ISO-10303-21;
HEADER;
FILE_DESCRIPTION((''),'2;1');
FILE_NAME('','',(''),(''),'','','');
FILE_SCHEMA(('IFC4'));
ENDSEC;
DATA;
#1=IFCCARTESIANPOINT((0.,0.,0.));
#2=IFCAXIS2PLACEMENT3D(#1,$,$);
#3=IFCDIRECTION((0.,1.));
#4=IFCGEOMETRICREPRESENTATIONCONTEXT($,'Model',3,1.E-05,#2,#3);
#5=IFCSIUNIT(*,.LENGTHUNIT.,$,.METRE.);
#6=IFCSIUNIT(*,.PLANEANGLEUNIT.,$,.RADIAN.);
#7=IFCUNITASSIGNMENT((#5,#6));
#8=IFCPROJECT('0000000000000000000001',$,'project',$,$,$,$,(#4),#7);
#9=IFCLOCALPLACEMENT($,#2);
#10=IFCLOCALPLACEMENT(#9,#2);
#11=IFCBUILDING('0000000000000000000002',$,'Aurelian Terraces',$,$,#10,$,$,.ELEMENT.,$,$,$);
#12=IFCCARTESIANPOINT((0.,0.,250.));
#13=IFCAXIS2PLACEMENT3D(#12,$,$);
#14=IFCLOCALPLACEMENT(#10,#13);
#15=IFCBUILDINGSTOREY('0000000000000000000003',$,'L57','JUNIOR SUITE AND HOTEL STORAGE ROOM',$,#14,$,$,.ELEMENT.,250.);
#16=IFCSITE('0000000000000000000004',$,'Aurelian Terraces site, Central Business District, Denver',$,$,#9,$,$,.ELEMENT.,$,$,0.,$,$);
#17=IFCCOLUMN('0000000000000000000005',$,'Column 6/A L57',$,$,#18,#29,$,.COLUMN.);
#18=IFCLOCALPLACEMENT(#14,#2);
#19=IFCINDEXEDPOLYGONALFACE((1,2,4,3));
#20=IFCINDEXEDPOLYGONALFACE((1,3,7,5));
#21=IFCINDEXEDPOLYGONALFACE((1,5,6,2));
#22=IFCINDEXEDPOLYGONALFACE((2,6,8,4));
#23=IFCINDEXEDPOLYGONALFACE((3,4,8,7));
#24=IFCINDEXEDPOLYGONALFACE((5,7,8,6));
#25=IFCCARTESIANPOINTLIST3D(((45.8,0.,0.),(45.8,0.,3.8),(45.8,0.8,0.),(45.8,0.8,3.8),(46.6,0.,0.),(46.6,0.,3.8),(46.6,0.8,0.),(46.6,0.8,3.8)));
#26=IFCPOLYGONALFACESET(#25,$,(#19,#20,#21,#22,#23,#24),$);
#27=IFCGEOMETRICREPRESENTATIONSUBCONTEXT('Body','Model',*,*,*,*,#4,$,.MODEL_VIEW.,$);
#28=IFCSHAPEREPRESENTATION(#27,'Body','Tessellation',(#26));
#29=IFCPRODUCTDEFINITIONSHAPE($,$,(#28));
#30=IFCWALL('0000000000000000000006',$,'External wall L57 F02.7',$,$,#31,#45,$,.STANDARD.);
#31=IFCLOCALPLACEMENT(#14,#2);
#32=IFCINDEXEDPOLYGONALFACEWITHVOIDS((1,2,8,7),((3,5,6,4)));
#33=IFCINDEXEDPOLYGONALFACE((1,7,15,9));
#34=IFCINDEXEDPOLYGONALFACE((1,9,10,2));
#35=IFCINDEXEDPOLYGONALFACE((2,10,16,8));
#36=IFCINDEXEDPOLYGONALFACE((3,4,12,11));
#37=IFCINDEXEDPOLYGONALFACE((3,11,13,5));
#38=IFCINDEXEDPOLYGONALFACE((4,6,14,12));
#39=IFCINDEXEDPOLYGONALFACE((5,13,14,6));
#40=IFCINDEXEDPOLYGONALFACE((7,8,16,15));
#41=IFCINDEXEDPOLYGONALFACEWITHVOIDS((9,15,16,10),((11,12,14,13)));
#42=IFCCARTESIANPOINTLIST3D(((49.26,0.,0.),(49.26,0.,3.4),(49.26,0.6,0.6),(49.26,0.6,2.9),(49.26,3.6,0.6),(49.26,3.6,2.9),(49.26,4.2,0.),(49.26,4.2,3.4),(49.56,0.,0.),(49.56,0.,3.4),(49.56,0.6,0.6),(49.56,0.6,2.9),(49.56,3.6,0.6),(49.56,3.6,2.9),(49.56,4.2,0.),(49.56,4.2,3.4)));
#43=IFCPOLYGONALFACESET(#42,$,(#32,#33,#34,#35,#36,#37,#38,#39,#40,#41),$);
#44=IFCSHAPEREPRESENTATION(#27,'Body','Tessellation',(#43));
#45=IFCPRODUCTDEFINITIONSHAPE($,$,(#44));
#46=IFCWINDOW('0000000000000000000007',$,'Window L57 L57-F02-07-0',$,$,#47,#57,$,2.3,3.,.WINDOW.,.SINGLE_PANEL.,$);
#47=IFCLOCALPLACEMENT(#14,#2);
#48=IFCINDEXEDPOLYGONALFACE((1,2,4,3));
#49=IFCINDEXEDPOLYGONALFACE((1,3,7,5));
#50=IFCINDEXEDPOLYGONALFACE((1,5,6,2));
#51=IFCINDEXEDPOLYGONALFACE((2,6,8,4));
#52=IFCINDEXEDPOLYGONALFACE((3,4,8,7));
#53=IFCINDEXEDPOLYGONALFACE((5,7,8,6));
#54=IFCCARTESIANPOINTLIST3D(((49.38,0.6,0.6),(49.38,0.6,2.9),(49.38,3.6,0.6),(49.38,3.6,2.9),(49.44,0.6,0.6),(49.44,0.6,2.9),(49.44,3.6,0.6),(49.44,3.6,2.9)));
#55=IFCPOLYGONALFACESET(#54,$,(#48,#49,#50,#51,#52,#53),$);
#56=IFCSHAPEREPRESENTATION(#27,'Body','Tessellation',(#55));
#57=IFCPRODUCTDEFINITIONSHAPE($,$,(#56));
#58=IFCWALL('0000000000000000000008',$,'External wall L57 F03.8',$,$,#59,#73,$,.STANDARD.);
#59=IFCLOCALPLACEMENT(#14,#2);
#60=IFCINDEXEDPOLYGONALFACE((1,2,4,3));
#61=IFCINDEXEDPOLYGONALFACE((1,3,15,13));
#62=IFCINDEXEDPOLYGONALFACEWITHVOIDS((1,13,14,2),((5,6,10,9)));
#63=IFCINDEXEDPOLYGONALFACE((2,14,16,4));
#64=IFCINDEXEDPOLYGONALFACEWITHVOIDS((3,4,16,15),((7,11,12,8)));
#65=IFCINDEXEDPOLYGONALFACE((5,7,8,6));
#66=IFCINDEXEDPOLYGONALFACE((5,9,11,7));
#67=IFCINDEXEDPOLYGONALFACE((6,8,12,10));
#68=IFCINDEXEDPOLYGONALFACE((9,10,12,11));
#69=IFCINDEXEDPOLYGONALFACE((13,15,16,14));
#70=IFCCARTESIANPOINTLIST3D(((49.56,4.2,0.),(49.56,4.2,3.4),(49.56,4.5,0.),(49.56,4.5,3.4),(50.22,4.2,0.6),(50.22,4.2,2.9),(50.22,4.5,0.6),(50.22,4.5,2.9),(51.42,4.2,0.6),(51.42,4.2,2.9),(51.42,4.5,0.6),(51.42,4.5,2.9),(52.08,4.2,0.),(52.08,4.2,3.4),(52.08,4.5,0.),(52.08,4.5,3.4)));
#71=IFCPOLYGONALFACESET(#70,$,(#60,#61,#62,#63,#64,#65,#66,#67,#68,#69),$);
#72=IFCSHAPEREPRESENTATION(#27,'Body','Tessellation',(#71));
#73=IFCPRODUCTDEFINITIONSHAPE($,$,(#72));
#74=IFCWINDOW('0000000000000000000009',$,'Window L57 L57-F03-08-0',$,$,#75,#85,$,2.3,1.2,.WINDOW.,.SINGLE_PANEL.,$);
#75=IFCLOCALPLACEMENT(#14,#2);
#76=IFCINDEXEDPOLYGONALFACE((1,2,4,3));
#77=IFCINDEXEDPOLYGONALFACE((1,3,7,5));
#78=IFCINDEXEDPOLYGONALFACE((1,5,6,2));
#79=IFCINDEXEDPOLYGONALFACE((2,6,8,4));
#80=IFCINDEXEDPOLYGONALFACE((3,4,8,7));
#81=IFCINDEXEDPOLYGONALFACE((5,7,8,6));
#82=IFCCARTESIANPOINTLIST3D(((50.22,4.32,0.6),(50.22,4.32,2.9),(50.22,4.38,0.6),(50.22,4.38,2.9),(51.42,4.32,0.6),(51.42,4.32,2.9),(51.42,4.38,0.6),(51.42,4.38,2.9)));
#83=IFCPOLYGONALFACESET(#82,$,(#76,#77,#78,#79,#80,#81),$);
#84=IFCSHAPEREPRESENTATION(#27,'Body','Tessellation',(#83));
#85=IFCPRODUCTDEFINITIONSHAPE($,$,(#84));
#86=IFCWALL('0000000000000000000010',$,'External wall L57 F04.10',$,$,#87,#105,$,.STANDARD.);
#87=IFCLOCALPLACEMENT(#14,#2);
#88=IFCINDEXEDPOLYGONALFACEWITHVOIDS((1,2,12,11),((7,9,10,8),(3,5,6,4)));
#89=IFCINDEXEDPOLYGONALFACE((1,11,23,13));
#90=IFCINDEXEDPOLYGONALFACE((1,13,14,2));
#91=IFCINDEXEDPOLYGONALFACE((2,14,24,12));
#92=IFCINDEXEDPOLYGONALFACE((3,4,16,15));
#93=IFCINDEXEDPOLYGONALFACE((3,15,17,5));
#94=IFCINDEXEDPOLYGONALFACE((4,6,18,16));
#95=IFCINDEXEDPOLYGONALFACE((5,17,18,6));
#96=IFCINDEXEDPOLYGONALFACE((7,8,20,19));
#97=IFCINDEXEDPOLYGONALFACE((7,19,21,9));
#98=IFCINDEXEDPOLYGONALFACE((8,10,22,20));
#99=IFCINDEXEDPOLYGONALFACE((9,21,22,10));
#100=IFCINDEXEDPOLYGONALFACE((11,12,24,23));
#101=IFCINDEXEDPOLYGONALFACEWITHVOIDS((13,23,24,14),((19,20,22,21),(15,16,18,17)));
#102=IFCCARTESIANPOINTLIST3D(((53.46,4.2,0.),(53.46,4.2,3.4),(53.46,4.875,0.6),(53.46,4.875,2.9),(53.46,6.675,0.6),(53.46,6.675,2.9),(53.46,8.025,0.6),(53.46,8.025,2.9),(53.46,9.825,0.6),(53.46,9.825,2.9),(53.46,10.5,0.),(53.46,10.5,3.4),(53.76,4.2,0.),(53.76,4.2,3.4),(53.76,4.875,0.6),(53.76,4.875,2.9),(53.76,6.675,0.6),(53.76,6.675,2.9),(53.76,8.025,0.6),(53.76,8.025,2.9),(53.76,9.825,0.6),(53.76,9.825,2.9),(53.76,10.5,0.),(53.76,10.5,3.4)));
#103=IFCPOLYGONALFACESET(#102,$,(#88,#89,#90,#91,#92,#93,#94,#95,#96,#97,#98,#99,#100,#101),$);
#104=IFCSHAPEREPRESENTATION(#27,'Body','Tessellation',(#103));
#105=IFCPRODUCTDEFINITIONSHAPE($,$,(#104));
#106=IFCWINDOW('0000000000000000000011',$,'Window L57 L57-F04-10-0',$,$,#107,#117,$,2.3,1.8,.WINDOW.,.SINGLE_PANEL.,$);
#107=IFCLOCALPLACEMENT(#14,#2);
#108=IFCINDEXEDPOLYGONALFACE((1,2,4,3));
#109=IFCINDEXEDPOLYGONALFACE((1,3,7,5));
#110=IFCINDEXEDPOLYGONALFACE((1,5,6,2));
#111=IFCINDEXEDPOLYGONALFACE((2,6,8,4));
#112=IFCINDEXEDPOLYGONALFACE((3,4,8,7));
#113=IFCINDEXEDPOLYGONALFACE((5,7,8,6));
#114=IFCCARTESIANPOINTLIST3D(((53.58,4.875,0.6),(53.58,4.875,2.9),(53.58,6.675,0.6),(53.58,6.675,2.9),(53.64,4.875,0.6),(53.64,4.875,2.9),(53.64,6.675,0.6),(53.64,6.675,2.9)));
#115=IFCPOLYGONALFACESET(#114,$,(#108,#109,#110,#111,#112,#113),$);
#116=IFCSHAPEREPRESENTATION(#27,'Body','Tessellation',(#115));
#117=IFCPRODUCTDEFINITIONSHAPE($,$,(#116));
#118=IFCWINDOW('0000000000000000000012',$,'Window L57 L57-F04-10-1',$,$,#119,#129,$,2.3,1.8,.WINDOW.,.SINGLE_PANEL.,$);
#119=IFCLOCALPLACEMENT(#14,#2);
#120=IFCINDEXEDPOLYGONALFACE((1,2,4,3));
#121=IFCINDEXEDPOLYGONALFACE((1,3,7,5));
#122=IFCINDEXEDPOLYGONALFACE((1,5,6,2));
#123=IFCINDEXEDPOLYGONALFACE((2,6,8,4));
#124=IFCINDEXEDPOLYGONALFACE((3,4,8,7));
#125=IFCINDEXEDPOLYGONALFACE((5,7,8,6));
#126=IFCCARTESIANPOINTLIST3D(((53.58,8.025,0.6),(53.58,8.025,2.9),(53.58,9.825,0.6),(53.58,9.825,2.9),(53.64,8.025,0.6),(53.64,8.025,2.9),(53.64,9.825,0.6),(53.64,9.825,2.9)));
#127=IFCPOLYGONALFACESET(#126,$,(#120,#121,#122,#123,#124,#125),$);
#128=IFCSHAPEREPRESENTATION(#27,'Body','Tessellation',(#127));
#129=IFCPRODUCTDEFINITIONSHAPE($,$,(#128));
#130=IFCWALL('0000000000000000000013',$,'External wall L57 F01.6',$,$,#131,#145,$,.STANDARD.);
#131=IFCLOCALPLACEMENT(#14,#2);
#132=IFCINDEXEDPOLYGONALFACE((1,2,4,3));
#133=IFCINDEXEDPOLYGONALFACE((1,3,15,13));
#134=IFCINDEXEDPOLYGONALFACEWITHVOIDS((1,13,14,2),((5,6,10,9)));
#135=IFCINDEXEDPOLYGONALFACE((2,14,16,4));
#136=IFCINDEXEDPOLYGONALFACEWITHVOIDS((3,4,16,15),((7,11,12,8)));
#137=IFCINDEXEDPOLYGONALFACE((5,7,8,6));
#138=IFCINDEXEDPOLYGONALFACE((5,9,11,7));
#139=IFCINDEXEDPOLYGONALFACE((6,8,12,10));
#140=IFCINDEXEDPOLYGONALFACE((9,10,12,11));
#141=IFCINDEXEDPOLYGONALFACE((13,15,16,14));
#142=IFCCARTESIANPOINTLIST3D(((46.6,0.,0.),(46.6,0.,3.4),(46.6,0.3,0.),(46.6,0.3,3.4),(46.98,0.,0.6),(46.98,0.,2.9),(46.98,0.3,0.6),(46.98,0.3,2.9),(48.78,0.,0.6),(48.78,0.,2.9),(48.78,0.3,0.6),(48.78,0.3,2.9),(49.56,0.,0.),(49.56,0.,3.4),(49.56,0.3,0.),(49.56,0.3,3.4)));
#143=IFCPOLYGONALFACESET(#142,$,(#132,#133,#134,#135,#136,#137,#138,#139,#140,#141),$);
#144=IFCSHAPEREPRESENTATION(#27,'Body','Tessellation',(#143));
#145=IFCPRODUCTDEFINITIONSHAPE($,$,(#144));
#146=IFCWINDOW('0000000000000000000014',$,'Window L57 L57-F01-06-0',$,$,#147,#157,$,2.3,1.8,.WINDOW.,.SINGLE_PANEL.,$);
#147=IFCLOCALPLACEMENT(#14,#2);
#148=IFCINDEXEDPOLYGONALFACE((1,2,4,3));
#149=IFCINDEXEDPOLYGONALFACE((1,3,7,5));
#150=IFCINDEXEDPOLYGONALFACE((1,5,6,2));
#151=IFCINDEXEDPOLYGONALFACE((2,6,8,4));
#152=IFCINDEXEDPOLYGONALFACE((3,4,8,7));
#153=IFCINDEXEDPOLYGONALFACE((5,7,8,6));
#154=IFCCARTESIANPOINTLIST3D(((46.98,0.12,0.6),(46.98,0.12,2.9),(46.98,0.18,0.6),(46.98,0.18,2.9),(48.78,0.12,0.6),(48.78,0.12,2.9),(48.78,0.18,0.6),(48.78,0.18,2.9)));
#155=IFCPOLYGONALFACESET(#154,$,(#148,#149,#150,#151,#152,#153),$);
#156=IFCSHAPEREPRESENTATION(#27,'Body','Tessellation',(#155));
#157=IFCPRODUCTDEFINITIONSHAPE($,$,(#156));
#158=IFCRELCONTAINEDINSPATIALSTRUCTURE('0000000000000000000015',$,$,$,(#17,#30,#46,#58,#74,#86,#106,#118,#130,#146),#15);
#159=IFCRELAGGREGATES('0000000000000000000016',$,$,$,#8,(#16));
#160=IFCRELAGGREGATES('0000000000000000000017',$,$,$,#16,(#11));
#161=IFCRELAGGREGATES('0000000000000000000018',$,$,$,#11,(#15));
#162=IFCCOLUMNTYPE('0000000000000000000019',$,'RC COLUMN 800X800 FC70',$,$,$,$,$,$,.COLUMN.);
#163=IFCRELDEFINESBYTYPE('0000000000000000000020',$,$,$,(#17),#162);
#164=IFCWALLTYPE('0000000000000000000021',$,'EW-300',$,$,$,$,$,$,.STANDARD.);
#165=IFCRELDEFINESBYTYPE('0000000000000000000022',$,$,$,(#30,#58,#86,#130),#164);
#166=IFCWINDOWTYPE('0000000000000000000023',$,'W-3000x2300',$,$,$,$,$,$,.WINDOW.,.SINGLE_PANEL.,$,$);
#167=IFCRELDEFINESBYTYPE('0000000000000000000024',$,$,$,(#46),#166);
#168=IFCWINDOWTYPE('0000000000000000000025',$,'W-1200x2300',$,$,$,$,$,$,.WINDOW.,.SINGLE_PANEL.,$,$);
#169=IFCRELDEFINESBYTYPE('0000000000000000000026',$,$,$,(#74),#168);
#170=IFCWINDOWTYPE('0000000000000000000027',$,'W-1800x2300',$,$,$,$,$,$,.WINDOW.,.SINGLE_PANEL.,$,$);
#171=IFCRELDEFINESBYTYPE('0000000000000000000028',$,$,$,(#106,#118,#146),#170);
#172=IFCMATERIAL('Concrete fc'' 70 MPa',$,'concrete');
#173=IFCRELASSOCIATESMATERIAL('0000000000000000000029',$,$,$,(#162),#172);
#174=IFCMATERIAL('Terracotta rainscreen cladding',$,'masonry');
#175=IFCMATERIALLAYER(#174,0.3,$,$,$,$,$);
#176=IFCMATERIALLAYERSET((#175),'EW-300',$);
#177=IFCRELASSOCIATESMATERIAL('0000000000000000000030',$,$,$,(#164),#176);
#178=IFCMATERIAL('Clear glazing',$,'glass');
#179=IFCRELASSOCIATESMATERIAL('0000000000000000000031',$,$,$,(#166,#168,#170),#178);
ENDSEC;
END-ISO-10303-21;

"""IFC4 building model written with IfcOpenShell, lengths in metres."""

from ifc_helpers import new_model, si_unit, direction, frame, frame_2d, origin, origin_2d, place, context, subcontext, project, spatial, rectangle, extrude, source, transform, mapped, material, layer, layer_set, material_profile, profile_set, type_object, element, fill, save


model = new_model("IFC4")

# Units and contexts
model_context = context("Model", 3, precision=1e-05, world=origin(), true_north=direction((0.0, 1.0)))
body_context = subcontext(model_context, "Body", "Model", "MODEL_VIEW")
ifc_project = project(units=[si_unit("LENGTHUNIT", "METRE"), si_unit("PLANEANGLEUNIT", "RADIAN")], contexts=[model_context])

# Site, building, storey
site_placement = place(None, origin())
site = spatial("IfcSite", under=ifc_project, at=site_placement, Name="Aurelian Terraces site, Central Business District, Denver", CompositionType="ELEMENT", RefElevation=0.0)
building_placement = place(site_placement, origin())
building = spatial("IfcBuilding", under=site, at=building_placement, Name="Aurelian Terraces", CompositionType="ELEMENT")
storey_placement = place(building_placement, frame((0.0, 0.0, 250.0)))
storey = spatial("IfcBuildingStorey", under=building, at=storey_placement, Name="L57", Description="JUNIOR SUITE AND HOTEL STORAGE ROOM", CompositionType="ELEMENT", Elevation=250.0)

# Column
ifc_material_1 = material(Name="Concrete fc' 70 MPa", Category="concrete")
ifc_material_profile = material_profile(ifc_material_1, rectangle(XDim=0.8, YDim=0.8, at=origin_2d()))
ifc_profile_set = profile_set([ifc_material_profile], Name="Concrete fc' 70 MPa")
column_type = type_object("IfcColumnType", Name="RC COLUMN 800X800 FC70", PredefinedType="COLUMN", material=ifc_profile_set)
shared_shape_1 = source(origin(), body_context, "Body", "SweptSolid", [
    extrude(rectangle(XDim=0.8, YDim=0.8, at=origin_2d()), origin(), (0.0, 0.0, 1.0), 3.8),
])
column_placement = place(storey_placement, frame((46.2, 0.4, 0.0), z_axis=(0.0, 0.0, 1.0), x_axis=(1.0, 0.0, 0.0)))
element("IfcColumn", 1, at=column_placement, inside=storey, type_object=column_type, Name="Column 6/A L57", PredefinedType="COLUMN", context=body_context, shape_type="MappedRepresentation", body=[
    mapped(shared_shape_1, transform((0.0, 0.0, 0.0), scale=1.0)),
])

# Walls, openings, windows
ifc_material_2 = material(Name="Terracotta rainscreen cladding", Category="masonry")
ifc_layer_1 = layer(ifc_material_2, 0.3)
ifc_layer_set_1 = layer_set([ifc_layer_1], Name="EW-300")
wall_type_1 = type_object("IfcWallType", Name="EW-300", PredefinedType="STANDARD", material=ifc_layer_set_1)
shared_shape_2 = source(origin(), body_context, "Body", "SweptSolid", [
    extrude(rectangle(XDim=4.2, YDim=0.3, at=frame_2d((2.1, 0.0))), origin(), (0.0, 0.0, 1.0), 3.4),
])
wall_1_placement = place(storey_placement, frame((49.41, 0.0, 0.0), z_axis=(0.0, 0.0, 1.0), x_axis=(0.0, 1.0, 0.0)))
wall_1 = element("IfcWall", 2, at=wall_1_placement, inside=storey, type_object=wall_type_1, Name="External wall L57 F02.7", PredefinedType="STANDARD", context=body_context, shape_type="MappedRepresentation", body=[
    mapped(shared_shape_2, transform((0.0, 0.0, 0.0), scale=1.0)),
])
shared_shape_3 = source(origin(), body_context, "Body", "SweptSolid", [
    extrude(rectangle(XDim=3.0, YDim=2.3, at=frame_2d((1.5, 1.15))), frame((0.0, 0.16, 0.0), z_axis=(0.0, -1.0, 0.0), x_axis=(1.0, 0.0, 0.0)), (0.0, 0.0, 1.0), 0.32),
])
opening_1_placement = place(wall_1_placement, frame((0.6, 0.0, 0.6)))
opening_1 = element("IfcOpeningElement", 3, at=opening_1_placement, cuts=wall_1, PredefinedType="OPENING", context=body_context, shape_type="MappedRepresentation", body=[
    mapped(shared_shape_3, transform((0.0, 0.0, 0.0), scale=1.0)),
])
ifc_material_3 = material(Name="Clear glazing", Category="glass")
window_type_1 = type_object("IfcWindowType", Name="W-3000x2300", PartitioningType="SINGLE_PANEL", PredefinedType="WINDOW", material=ifc_material_3)
shared_shape_4 = source(origin(), body_context, "Body", "SweptSolid", [
    extrude(rectangle(XDim=3.0, YDim=2.3, at=frame_2d((1.5, 1.15))), frame((0.0, 0.03, 0.0), z_axis=(0.0, -1.0, 0.0), x_axis=(1.0, 0.0, 0.0)), (0.0, 0.0, 1.0), 0.06),
])
window_1_placement = place(opening_1_placement, origin())
window_1 = element("IfcWindow", 4, at=window_1_placement, inside=storey, type_object=window_type_1, Name="Window L57 L57-F02-07-0", OverallHeight=2.3, OverallWidth=3.0, PartitioningType="SINGLE_PANEL", PredefinedType="WINDOW", context=body_context, shape_type="MappedRepresentation", body=[
    mapped(shared_shape_4, transform((0.0, 0.0, 0.0), scale=1.0)),
])
fill(opening_1, window_1)
shared_shape_5 = source(origin(), body_context, "Body", "SweptSolid", [
    extrude(rectangle(XDim=2.52, YDim=0.3, at=frame_2d((1.26, 0.0))), origin(), (0.0, 0.0, 1.0), 3.4),
])
wall_2_placement = place(storey_placement, frame((49.56, 4.35, 0.0), z_axis=(0.0, 0.0, 1.0), x_axis=(1.0, 0.0, 0.0)))
wall_2 = element("IfcWall", 5, at=wall_2_placement, inside=storey, type_object=wall_type_1, Name="External wall L57 F03.8", PredefinedType="STANDARD", context=body_context, shape_type="MappedRepresentation", body=[
    mapped(shared_shape_5, transform((0.0, 0.0, 0.0), scale=1.0)),
])
shared_shape_6 = source(origin(), body_context, "Body", "SweptSolid", [
    extrude(rectangle(XDim=1.2, YDim=2.3, at=frame_2d((0.6, 1.15))), frame((0.0, 0.16, 0.0), z_axis=(0.0, -1.0, 0.0), x_axis=(1.0, 0.0, 0.0)), (0.0, 0.0, 1.0), 0.32),
])
opening_2_placement = place(wall_2_placement, frame((0.66, 0.0, 0.6)))
opening_2 = element("IfcOpeningElement", 6, at=opening_2_placement, cuts=wall_2, PredefinedType="OPENING", context=body_context, shape_type="MappedRepresentation", body=[
    mapped(shared_shape_6, transform((0.0, 0.0, 0.0), scale=1.0)),
])
window_type_2 = type_object("IfcWindowType", Name="W-1200x2300", PartitioningType="SINGLE_PANEL", PredefinedType="WINDOW", material=ifc_material_3)
shared_shape_7 = source(origin(), body_context, "Body", "SweptSolid", [
    extrude(rectangle(XDim=1.2, YDim=2.3, at=frame_2d((0.6, 1.15))), frame((0.0, 0.03, 0.0), z_axis=(0.0, -1.0, 0.0), x_axis=(1.0, 0.0, 0.0)), (0.0, 0.0, 1.0), 0.06),
])
window_2_placement = place(opening_2_placement, origin())
window_2 = element("IfcWindow", 7, at=window_2_placement, inside=storey, type_object=window_type_2, Name="Window L57 L57-F03-08-0", OverallHeight=2.3, OverallWidth=1.2, PartitioningType="SINGLE_PANEL", PredefinedType="WINDOW", context=body_context, shape_type="MappedRepresentation", body=[
    mapped(shared_shape_7, transform((0.0, 0.0, 0.0), scale=1.0)),
])
fill(opening_2, window_2)

# Wall, openings, windows
shared_shape_8 = source(origin(), body_context, "Body", "SweptSolid", [
    extrude(rectangle(XDim=6.3, YDim=0.3, at=frame_2d((3.15, 0.0))), origin(), (0.0, 0.0, 1.0), 3.4),
])
wall_3_placement = place(storey_placement, frame((53.61, 4.2, 0.0), z_axis=(0.0, 0.0, 1.0), x_axis=(0.0, 1.0, 0.0)))
wall_3 = element("IfcWall", 8, at=wall_3_placement, inside=storey, type_object=wall_type_1, Name="External wall L57 F04.10", PredefinedType="STANDARD", context=body_context, shape_type="MappedRepresentation", body=[
    mapped(shared_shape_8, transform((0.0, 0.0, 0.0), scale=1.0)),
])
shared_shape_9 = source(origin(), body_context, "Body", "SweptSolid", [
    extrude(rectangle(XDim=1.8, YDim=2.3, at=frame_2d((0.9, 1.15))), frame((0.0, 0.16, 0.0), z_axis=(0.0, -1.0, 0.0), x_axis=(1.0, 0.0, 0.0)), (0.0, 0.0, 1.0), 0.32),
])
opening_3_placement = place(wall_3_placement, frame((0.675, 0.0, 0.6)))
opening_3 = element("IfcOpeningElement", 9, at=opening_3_placement, cuts=wall_3, PredefinedType="OPENING", context=body_context, shape_type="MappedRepresentation", body=[
    mapped(shared_shape_9, transform((0.0, 0.0, 0.0), scale=1.0)),
])
opening_4_placement = place(wall_3_placement, frame((3.825, 0.0, 0.6)))
opening_4 = element("IfcOpeningElement", 10, at=opening_4_placement, cuts=wall_3, PredefinedType="OPENING", context=body_context, shape_type="MappedRepresentation", body=[
    mapped(shared_shape_9, transform((0.0, 0.0, 0.0), scale=1.0)),
])
window_type_3 = type_object("IfcWindowType", Name="W-1800x2300", PartitioningType="SINGLE_PANEL", PredefinedType="WINDOW", material=ifc_material_3)
shared_shape_10 = source(origin(), body_context, "Body", "SweptSolid", [
    extrude(rectangle(XDim=1.8, YDim=2.3, at=frame_2d((0.9, 1.15))), frame((0.0, 0.03, 0.0), z_axis=(0.0, -1.0, 0.0), x_axis=(1.0, 0.0, 0.0)), (0.0, 0.0, 1.0), 0.06),
])
window_3_placement = place(opening_3_placement, origin())
window_3 = element("IfcWindow", 11, at=window_3_placement, inside=storey, type_object=window_type_3, Name="Window L57 L57-F04-10-0", OverallHeight=2.3, OverallWidth=1.8, PartitioningType="SINGLE_PANEL", PredefinedType="WINDOW", context=body_context, shape_type="MappedRepresentation", body=[
    mapped(shared_shape_10, transform((0.0, 0.0, 0.0), scale=1.0)),
])
fill(opening_3, window_3)
window_4_placement = place(opening_4_placement, origin())
window_4 = element("IfcWindow", 12, at=window_4_placement, inside=storey, type_object=window_type_3, Name="Window L57 L57-F04-10-1", OverallHeight=2.3, OverallWidth=1.8, PartitioningType="SINGLE_PANEL", PredefinedType="WINDOW", context=body_context, shape_type="MappedRepresentation", body=[
    mapped(shared_shape_10, transform((0.0, 0.0, 0.0), scale=1.0)),
])
fill(opening_4, window_4)

# Wall, opening, window
shared_shape_11 = source(origin(), body_context, "Body", "SweptSolid", [
    extrude(rectangle(XDim=2.96, YDim=0.3, at=frame_2d((1.48, 0.0))), origin(), (0.0, 0.0, 1.0), 3.4),
])
wall_4_placement = place(storey_placement, frame((46.6, 0.15, 0.0), z_axis=(0.0, 0.0, 1.0), x_axis=(1.0, 0.0, 0.0)))
wall_4 = element("IfcWall", 13, at=wall_4_placement, inside=storey, type_object=wall_type_1, Name="External wall L57 F01.6", PredefinedType="STANDARD", context=body_context, shape_type="MappedRepresentation", body=[
    mapped(shared_shape_11, transform((0.0, 0.0, 0.0), scale=1.0)),
])
opening_5_placement = place(wall_4_placement, frame((0.38, 0.0, 0.6)))
opening_5 = element("IfcOpeningElement", 14, at=opening_5_placement, cuts=wall_4, PredefinedType="OPENING", context=body_context, shape_type="MappedRepresentation", body=[
    mapped(shared_shape_9, transform((0.0, 0.0, 0.0), scale=1.0)),
])
window_5_placement = place(opening_5_placement, origin())
window_5 = element("IfcWindow", 15, at=window_5_placement, inside=storey, type_object=window_type_3, Name="Window L57 L57-F01-06-0", OverallHeight=2.3, OverallWidth=1.8, PartitioningType="SINGLE_PANEL", PredefinedType="WINDOW", context=body_context, shape_type="MappedRepresentation", body=[
    mapped(shared_shape_10, transform((0.0, 0.0, 0.0), scale=1.0)),
])
fill(opening_5, window_5)

save(model, "model.ifc")
